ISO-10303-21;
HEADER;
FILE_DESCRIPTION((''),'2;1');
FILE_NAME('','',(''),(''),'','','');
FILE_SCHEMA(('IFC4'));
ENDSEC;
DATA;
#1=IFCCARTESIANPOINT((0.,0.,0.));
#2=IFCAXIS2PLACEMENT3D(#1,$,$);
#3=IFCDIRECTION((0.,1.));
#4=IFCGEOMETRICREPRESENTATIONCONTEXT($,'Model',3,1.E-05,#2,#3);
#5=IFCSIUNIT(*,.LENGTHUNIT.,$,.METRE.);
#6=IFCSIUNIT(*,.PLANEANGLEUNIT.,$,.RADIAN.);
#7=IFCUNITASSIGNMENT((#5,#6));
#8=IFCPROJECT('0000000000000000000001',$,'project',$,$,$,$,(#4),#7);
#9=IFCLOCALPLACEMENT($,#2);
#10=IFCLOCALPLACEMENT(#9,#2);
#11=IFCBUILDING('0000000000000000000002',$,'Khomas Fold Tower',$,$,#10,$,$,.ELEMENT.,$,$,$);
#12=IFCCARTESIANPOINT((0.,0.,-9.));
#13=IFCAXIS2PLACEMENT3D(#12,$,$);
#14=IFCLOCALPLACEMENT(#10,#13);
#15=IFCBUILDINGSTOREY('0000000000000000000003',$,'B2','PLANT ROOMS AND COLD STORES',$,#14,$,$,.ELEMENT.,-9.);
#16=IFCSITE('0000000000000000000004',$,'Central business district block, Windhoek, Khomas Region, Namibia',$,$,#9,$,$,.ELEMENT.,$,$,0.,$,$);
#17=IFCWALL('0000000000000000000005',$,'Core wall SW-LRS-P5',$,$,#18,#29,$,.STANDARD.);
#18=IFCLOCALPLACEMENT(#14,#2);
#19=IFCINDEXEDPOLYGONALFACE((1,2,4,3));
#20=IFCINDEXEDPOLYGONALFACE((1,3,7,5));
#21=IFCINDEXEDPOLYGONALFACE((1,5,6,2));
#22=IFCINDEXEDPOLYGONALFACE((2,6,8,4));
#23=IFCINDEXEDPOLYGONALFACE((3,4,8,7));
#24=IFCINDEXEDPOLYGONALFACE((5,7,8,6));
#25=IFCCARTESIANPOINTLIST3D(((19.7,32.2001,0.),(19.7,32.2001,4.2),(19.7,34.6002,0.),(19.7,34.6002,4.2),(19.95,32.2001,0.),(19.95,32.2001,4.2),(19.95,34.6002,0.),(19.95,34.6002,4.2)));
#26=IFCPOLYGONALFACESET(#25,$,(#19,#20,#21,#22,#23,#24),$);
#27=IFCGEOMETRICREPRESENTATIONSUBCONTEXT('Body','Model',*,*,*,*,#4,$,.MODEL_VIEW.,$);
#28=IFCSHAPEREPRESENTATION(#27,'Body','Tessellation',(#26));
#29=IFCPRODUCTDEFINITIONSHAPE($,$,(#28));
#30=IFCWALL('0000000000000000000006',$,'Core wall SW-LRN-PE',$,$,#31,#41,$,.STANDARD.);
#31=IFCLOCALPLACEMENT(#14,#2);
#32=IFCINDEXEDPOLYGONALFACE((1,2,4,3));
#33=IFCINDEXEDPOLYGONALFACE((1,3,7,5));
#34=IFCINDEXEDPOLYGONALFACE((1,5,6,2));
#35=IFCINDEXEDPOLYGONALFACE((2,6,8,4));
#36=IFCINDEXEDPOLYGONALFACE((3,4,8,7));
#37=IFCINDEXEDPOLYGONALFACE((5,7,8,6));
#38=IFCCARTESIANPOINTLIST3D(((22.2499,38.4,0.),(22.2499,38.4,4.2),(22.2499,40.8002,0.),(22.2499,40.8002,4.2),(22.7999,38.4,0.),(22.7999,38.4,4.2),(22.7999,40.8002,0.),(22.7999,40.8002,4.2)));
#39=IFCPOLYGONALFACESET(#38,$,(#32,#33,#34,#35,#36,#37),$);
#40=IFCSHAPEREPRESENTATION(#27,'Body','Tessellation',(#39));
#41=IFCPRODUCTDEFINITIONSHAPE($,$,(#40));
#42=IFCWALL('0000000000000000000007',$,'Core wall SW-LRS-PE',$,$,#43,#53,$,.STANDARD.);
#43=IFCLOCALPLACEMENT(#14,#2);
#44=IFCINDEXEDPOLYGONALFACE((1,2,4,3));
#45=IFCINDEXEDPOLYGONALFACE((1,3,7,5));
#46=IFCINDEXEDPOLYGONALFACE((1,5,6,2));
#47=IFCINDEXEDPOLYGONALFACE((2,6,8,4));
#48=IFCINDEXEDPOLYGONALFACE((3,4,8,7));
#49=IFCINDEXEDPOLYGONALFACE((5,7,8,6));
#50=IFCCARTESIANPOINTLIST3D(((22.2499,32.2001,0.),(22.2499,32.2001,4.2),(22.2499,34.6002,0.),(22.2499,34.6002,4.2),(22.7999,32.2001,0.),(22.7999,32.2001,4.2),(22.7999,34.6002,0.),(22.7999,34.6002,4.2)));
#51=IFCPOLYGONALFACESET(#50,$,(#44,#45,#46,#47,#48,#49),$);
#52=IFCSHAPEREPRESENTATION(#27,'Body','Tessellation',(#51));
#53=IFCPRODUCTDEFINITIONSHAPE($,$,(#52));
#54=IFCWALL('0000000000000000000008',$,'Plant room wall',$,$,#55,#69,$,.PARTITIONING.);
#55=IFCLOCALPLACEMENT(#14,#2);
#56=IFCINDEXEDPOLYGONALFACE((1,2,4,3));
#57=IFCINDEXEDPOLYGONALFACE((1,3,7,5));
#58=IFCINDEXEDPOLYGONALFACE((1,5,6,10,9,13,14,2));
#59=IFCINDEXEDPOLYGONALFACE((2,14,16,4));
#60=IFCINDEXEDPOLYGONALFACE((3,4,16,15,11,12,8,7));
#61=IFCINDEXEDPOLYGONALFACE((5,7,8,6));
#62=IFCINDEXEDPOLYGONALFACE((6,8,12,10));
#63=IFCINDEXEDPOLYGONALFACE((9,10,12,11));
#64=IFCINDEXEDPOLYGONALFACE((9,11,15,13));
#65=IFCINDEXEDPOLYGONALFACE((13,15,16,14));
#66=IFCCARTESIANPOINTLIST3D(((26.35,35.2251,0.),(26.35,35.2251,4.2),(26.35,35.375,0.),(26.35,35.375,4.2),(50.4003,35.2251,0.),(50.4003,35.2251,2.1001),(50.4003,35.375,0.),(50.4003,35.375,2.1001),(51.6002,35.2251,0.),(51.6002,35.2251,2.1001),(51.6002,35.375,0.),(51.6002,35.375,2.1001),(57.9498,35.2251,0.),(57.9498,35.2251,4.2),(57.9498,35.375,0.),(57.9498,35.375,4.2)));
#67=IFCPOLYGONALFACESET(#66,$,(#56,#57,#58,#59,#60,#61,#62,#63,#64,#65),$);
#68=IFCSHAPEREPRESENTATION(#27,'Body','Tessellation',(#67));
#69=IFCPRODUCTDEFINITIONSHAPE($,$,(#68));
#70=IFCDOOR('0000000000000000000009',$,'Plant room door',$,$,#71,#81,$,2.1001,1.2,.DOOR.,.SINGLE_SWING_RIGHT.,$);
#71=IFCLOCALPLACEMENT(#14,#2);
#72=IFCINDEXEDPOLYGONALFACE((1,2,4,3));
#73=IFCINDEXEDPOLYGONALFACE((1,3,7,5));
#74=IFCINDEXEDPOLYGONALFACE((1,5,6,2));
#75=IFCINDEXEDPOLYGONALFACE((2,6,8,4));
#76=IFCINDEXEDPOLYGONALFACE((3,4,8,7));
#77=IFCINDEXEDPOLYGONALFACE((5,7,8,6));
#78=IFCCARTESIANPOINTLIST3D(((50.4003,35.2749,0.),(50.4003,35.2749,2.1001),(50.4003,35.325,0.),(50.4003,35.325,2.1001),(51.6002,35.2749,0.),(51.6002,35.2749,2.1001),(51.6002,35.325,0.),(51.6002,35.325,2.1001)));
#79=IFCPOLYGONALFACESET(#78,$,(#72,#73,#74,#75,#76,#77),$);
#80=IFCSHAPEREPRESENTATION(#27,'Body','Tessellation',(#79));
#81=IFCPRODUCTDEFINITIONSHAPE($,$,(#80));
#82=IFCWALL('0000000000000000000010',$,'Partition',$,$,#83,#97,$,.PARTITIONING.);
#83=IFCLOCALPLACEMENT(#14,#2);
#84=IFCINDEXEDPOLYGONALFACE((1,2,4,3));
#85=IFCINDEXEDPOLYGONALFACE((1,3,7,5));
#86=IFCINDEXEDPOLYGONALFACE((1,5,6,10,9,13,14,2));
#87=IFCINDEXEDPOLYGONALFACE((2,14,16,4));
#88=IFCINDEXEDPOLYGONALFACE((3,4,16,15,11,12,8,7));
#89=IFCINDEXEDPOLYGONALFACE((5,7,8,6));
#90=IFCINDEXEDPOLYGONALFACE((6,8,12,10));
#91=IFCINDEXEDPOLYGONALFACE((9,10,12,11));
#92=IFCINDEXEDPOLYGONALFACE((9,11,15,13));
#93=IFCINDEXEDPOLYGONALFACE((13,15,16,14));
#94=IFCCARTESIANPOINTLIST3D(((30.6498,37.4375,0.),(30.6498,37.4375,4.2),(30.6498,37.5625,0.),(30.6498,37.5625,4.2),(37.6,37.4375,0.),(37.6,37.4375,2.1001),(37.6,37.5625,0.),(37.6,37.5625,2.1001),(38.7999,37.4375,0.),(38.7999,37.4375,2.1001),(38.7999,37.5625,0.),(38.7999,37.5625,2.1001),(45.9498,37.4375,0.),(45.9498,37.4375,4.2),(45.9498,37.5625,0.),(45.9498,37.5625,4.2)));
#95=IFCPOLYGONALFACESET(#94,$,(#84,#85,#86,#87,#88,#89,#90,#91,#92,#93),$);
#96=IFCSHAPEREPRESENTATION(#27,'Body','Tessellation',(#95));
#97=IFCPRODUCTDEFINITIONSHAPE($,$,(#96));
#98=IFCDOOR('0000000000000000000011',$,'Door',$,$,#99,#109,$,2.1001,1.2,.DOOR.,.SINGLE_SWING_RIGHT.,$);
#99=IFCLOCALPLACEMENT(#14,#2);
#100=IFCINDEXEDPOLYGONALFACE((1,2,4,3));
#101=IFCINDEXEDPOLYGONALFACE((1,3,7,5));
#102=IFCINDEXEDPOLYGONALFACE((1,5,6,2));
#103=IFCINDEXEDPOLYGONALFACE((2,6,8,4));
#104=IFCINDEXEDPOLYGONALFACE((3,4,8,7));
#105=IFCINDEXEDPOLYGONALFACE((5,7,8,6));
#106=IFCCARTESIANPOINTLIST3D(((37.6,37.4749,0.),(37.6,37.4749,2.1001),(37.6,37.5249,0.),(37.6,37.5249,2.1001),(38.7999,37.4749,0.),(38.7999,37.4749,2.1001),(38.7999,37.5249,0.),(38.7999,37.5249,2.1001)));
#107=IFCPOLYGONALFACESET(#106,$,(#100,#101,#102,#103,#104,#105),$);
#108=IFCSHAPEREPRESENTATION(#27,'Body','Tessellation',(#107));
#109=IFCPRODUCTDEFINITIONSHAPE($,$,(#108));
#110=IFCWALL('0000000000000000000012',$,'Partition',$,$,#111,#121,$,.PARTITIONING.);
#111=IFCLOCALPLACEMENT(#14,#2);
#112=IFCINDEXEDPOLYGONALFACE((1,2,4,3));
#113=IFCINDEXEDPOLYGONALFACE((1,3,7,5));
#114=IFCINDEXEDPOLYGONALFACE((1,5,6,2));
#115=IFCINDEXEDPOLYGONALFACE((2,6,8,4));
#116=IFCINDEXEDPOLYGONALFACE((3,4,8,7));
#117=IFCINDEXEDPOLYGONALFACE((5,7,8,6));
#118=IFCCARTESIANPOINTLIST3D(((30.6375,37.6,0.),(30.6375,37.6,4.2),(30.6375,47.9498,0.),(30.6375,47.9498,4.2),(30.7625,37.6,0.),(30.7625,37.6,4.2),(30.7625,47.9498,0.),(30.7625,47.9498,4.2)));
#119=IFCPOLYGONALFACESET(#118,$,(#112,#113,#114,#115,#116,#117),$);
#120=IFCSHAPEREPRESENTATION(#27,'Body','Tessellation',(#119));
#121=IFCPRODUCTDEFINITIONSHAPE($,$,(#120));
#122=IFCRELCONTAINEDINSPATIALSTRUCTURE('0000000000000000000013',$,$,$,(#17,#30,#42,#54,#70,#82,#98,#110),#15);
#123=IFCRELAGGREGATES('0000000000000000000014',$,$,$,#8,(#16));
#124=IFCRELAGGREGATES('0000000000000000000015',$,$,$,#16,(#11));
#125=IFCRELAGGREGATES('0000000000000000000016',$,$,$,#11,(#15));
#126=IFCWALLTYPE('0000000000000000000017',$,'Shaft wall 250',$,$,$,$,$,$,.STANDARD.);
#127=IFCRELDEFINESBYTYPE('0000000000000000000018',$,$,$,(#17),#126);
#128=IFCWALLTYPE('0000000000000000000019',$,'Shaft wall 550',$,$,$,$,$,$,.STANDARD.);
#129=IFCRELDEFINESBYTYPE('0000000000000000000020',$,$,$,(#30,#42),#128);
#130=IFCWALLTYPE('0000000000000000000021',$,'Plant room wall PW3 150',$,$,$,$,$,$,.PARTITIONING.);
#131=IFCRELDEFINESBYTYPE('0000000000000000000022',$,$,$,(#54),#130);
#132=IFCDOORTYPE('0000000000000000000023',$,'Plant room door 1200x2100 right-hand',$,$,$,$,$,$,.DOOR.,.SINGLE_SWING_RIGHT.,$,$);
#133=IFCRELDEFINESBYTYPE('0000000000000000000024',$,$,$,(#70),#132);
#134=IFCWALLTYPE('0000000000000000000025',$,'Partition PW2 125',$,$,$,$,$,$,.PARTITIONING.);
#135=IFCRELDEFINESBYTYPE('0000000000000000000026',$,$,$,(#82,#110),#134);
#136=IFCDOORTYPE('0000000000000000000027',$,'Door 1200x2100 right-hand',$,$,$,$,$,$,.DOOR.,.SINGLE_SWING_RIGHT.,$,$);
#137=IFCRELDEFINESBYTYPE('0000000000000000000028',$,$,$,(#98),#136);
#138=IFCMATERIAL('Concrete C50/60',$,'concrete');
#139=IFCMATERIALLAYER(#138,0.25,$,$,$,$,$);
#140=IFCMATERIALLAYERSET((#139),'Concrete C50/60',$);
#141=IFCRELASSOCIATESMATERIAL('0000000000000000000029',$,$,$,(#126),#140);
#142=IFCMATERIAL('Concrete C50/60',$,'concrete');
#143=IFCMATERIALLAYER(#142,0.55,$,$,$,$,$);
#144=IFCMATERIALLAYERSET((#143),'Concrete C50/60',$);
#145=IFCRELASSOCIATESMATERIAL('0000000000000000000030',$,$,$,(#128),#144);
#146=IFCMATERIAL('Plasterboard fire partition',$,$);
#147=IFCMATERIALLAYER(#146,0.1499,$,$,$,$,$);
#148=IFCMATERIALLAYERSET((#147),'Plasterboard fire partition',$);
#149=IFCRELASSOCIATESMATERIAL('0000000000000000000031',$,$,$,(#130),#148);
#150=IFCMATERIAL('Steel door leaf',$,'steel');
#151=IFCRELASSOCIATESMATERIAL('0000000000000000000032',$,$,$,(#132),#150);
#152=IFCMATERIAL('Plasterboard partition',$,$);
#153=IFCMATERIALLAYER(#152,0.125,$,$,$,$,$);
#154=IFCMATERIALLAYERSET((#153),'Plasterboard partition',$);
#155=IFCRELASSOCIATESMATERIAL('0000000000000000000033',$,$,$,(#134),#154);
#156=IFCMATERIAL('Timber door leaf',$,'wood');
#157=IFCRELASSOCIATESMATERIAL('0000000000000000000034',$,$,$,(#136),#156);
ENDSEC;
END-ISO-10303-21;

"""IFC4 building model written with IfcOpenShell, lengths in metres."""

from ifc_helpers import new_model, si_unit, direction, frame, frame_2d, origin, place, context, subcontext, project, spatial, rectangle, extrude, source, transform, mapped, material, layer, layer_set, type_object, element, fill, save


model = new_model("IFC4")

# Units and contexts
model_context = context("Model", 3, precision=1e-05, world=origin(), true_north=direction((0.0, 1.0)))
body_context = subcontext(model_context, "Body", "Model", "MODEL_VIEW")
ifc_project = project(units=[si_unit("LENGTHUNIT", "METRE"), si_unit("PLANEANGLEUNIT", "RADIAN")], contexts=[model_context])

# Site, building, storey
site_placement = place(None, origin())
site = spatial("IfcSite", under=ifc_project, at=site_placement, Name="Central business district block, Windhoek, Khomas Region, Namibia", CompositionType="ELEMENT", RefElevation=0.0)
building_placement = place(site_placement, origin())
building = spatial("IfcBuilding", under=site, at=building_placement, Name="Khomas Fold Tower", CompositionType="ELEMENT")
storey_placement = place(building_placement, frame((0.0, 0.0, -9.0)))
storey = spatial("IfcBuildingStorey", under=building, at=storey_placement, Name="B2", Description="PLANT ROOMS AND COLD STORES", CompositionType="ELEMENT", Elevation=-9.0)

# Walls
ifc_material_1 = material(Name="Concrete C50/60", Category="concrete")
ifc_layer_1 = layer(ifc_material_1, 0.25)
ifc_layer_set_1 = layer_set([ifc_layer_1], Name="Concrete C50/60")
wall_type_1 = type_object("IfcWallType", Name="Shaft wall 250", PredefinedType="STANDARD", material=ifc_layer_set_1)
shared_shape_1 = source(origin(), body_context, "Body", "SweptSolid", [
    extrude(rectangle(XDim=2.4001, YDim=0.25, at=frame_2d((1.2002, 0.0))), origin(), (0.0, 0.0, 1.0), 4.2),
])
for number, where, z_axis, x_axis, name in (
    (1, (19.825, 32.2, 0.0), (0.0, 0.0, 1.0), (0.0, 1.0, 0.0), "Core wall SW-LRS-P5"),
):
    element("IfcWall", number, at=place(storey_placement, frame(where, z_axis=z_axis, x_axis=x_axis)), inside=storey, type_object=wall_type_1, Name=name, PredefinedType="STANDARD", context=body_context, shape_type="MappedRepresentation", body=[
        mapped(shared_shape_1, transform((0.0, 0.0, 0.0))),
    ])
ifc_material_2 = material(Name="Concrete C50/60", Category="concrete")
ifc_layer_2 = layer(ifc_material_2, 0.55)
ifc_layer_set_2 = layer_set([ifc_layer_2], Name="Concrete C50/60")
wall_type_2 = type_object("IfcWallType", Name="Shaft wall 550", PredefinedType="STANDARD", material=ifc_layer_set_2)
shared_shape_2 = source(origin(), body_context, "Body", "SweptSolid", [
    extrude(rectangle(XDim=2.4001, YDim=0.55, at=frame_2d((1.2002, 0.0))), origin(), (0.0, 0.0, 1.0), 4.2),
])
for number, where, z_axis, x_axis, name in (
    (2, (22.5249, 38.3999, 0.0), (0.0, 0.0, 1.0), (0.0, 1.0, 0.0), "Core wall SW-LRN-PE"),
    (3, (22.5249, 32.2, 0.0), (0.0, 0.0, 1.0), (0.0, 1.0, 0.0), "Core wall SW-LRS-PE"),
):
    element("IfcWall", number, at=place(storey_placement, frame(where, z_axis=z_axis, x_axis=x_axis)), inside=storey, type_object=wall_type_2, Name=name, PredefinedType="STANDARD", context=body_context, shape_type="MappedRepresentation", body=[
        mapped(shared_shape_2, transform((0.0, 0.0, 0.0))),
    ])

# Walls, openings, doors
ifc_material_3 = material(Name="Plasterboard fire partition")
ifc_layer_3 = layer(ifc_material_3, 0.1499)
ifc_layer_set_3 = layer_set([ifc_layer_3], Name="Plasterboard fire partition")
wall_type_3 = type_object("IfcWallType", Name="Plant room wall PW3 150", PredefinedType="PARTITIONING", material=ifc_layer_set_3)
shared_shape_3 = source(origin(), body_context, "Body", "SweptSolid", [
    extrude(rectangle(XDim=31.5999, YDim=0.1499, at=frame_2d((15.7998, 0.0))), origin(), (0.0, 0.0, 1.0), 4.2),
])
wall_1_placement = place(storey_placement, frame((26.3501, 35.3, 0.0), z_axis=(0.0, 0.0, 1.0), x_axis=(1.0, 0.0, 0.0)))
wall_1 = element("IfcWall", 4, at=wall_1_placement, inside=storey, type_object=wall_type_3, Name="Plant room wall", PredefinedType="PARTITIONING", context=body_context, shape_type="MappedRepresentation", body=[
    mapped(shared_shape_3, transform((0.0, 0.0, 0.0))),
])
shared_shape_4 = source(origin(), body_context, "Body", "SweptSolid", [
    extrude(rectangle(XDim=1.2, YDim=2.1001, at=frame_2d((0.6001, 1.05))), frame((0.0, 0.085, 0.0), z_axis=(0.0, -1.0, 0.0), x_axis=(1.0, 0.0, 0.0)), (0.0, 0.0, 1.0), 0.1699),
])
opening_1_placement = place(wall_1_placement, frame((24.05, 0.0, 0.0)))
opening_1 = element("IfcOpeningElement", 5, at=opening_1_placement, cuts=wall_1, PredefinedType="OPENING", context=body_context, shape_type="MappedRepresentation", body=[
    mapped(shared_shape_4, transform((0.0, 0.0, 0.0))),
])
ifc_material_4 = material(Name="Steel door leaf", Category="steel")
door_type_1 = type_object("IfcDoorType", Name="Plant room door 1200x2100 right-hand", OperationType="SINGLE_SWING_RIGHT", PredefinedType="DOOR", material=ifc_material_4)
shared_shape_5 = source(origin(), body_context, "Body", "SweptSolid", [
    extrude(rectangle(XDim=1.2, YDim=2.1001, at=frame_2d((0.6001, 1.05))), frame((0.0, 0.0249, 0.0), z_axis=(0.0, -1.0, 0.0), x_axis=(1.0, 0.0, 0.0)), (0.0, 0.0, 1.0), 0.05),
])
door_1_placement = place(opening_1_placement, origin())
door_1 = element("IfcDoor", 6, at=door_1_placement, inside=storey, type_object=door_type_1, Name="Plant room door", OperationType="SINGLE_SWING_RIGHT", OverallHeight=2.1001, OverallWidth=1.2, PredefinedType="DOOR", context=body_context, shape_type="MappedRepresentation", body=[
    mapped(shared_shape_5, transform((0.0, 0.0, 0.0))),
])
fill(opening_1, door_1)
ifc_material_5 = material(Name="Plasterboard partition")
ifc_layer_4 = layer(ifc_material_5, 0.125)
ifc_layer_set_4 = layer_set([ifc_layer_4], Name="Plasterboard partition")
wall_type_4 = type_object("IfcWallType", Name="Partition PW2 125", PredefinedType="PARTITIONING", material=ifc_layer_set_4)
shared_shape_6 = source(origin(), body_context, "Body", "SweptSolid", [
    extrude(rectangle(XDim=15.3, YDim=0.125, at=frame_2d((7.6499, 0.0))), origin(), (0.0, 0.0, 1.0), 4.2),
])
wall_2_placement = place(storey_placement, frame((30.6499, 37.5, 0.0), z_axis=(0.0, 0.0, 1.0), x_axis=(1.0, 0.0, 0.0)))
wall_2 = element("IfcWall", 7, at=wall_2_placement, inside=storey, type_object=wall_type_4, Name="Partition", PredefinedType="PARTITIONING", context=body_context, shape_type="MappedRepresentation", body=[
    mapped(shared_shape_6, transform((0.0, 0.0, 0.0))),
])
shared_shape_7 = source(origin(), body_context, "Body", "SweptSolid", [
    extrude(rectangle(XDim=1.2, YDim=2.1001, at=frame_2d((0.6001, 1.05))), frame((0.0, 0.0725, 0.0), z_axis=(0.0, -1.0, 0.0), x_axis=(1.0, 0.0, 0.0)), (0.0, 0.0, 1.0), 0.145),
])
opening_2_placement = place(wall_2_placement, frame((6.95, 0.0, 0.0)))
opening_2 = element("IfcOpeningElement", 8, at=opening_2_placement, cuts=wall_2, PredefinedType="OPENING", context=body_context, shape_type="MappedRepresentation", body=[
    mapped(shared_shape_7, transform((0.0, 0.0, 0.0))),
])
ifc_material_6 = material(Name="Timber door leaf", Category="wood")
door_type_2 = type_object("IfcDoorType", Name="Door 1200x2100 right-hand", OperationType="SINGLE_SWING_RIGHT", PredefinedType="DOOR", material=ifc_material_6)
door_2_placement = place(opening_2_placement, origin())
door_2 = element("IfcDoor", 9, at=door_2_placement, inside=storey, type_object=door_type_2, Name="Door", OperationType="SINGLE_SWING_RIGHT", OverallHeight=2.1001, OverallWidth=1.2, PredefinedType="DOOR", context=body_context, shape_type="MappedRepresentation", body=[
    mapped(shared_shape_5, transform((0.0, 0.0, 0.0))),
])
fill(opening_2, door_2)

# Wall
shared_shape_8 = source(origin(), body_context, "Body", "SweptSolid", [
    extrude(rectangle(XDim=10.3499, YDim=0.125, at=frame_2d((5.1748, 0.0))), origin(), (0.0, 0.0, 1.0), 4.2),
])
wall_3_placement = place(storey_placement, frame((30.7, 37.6001, 0.0), z_axis=(0.0, 0.0, 1.0), x_axis=(0.0, 1.0, 0.0)))
element("IfcWall", 10, at=wall_3_placement, inside=storey, type_object=wall_type_4, Name="Partition", PredefinedType="PARTITIONING", context=body_context, shape_type="MappedRepresentation", body=[
    mapped(shared_shape_8, transform((0.0, 0.0, 0.0))),
])

save(model, "model.ifc")
